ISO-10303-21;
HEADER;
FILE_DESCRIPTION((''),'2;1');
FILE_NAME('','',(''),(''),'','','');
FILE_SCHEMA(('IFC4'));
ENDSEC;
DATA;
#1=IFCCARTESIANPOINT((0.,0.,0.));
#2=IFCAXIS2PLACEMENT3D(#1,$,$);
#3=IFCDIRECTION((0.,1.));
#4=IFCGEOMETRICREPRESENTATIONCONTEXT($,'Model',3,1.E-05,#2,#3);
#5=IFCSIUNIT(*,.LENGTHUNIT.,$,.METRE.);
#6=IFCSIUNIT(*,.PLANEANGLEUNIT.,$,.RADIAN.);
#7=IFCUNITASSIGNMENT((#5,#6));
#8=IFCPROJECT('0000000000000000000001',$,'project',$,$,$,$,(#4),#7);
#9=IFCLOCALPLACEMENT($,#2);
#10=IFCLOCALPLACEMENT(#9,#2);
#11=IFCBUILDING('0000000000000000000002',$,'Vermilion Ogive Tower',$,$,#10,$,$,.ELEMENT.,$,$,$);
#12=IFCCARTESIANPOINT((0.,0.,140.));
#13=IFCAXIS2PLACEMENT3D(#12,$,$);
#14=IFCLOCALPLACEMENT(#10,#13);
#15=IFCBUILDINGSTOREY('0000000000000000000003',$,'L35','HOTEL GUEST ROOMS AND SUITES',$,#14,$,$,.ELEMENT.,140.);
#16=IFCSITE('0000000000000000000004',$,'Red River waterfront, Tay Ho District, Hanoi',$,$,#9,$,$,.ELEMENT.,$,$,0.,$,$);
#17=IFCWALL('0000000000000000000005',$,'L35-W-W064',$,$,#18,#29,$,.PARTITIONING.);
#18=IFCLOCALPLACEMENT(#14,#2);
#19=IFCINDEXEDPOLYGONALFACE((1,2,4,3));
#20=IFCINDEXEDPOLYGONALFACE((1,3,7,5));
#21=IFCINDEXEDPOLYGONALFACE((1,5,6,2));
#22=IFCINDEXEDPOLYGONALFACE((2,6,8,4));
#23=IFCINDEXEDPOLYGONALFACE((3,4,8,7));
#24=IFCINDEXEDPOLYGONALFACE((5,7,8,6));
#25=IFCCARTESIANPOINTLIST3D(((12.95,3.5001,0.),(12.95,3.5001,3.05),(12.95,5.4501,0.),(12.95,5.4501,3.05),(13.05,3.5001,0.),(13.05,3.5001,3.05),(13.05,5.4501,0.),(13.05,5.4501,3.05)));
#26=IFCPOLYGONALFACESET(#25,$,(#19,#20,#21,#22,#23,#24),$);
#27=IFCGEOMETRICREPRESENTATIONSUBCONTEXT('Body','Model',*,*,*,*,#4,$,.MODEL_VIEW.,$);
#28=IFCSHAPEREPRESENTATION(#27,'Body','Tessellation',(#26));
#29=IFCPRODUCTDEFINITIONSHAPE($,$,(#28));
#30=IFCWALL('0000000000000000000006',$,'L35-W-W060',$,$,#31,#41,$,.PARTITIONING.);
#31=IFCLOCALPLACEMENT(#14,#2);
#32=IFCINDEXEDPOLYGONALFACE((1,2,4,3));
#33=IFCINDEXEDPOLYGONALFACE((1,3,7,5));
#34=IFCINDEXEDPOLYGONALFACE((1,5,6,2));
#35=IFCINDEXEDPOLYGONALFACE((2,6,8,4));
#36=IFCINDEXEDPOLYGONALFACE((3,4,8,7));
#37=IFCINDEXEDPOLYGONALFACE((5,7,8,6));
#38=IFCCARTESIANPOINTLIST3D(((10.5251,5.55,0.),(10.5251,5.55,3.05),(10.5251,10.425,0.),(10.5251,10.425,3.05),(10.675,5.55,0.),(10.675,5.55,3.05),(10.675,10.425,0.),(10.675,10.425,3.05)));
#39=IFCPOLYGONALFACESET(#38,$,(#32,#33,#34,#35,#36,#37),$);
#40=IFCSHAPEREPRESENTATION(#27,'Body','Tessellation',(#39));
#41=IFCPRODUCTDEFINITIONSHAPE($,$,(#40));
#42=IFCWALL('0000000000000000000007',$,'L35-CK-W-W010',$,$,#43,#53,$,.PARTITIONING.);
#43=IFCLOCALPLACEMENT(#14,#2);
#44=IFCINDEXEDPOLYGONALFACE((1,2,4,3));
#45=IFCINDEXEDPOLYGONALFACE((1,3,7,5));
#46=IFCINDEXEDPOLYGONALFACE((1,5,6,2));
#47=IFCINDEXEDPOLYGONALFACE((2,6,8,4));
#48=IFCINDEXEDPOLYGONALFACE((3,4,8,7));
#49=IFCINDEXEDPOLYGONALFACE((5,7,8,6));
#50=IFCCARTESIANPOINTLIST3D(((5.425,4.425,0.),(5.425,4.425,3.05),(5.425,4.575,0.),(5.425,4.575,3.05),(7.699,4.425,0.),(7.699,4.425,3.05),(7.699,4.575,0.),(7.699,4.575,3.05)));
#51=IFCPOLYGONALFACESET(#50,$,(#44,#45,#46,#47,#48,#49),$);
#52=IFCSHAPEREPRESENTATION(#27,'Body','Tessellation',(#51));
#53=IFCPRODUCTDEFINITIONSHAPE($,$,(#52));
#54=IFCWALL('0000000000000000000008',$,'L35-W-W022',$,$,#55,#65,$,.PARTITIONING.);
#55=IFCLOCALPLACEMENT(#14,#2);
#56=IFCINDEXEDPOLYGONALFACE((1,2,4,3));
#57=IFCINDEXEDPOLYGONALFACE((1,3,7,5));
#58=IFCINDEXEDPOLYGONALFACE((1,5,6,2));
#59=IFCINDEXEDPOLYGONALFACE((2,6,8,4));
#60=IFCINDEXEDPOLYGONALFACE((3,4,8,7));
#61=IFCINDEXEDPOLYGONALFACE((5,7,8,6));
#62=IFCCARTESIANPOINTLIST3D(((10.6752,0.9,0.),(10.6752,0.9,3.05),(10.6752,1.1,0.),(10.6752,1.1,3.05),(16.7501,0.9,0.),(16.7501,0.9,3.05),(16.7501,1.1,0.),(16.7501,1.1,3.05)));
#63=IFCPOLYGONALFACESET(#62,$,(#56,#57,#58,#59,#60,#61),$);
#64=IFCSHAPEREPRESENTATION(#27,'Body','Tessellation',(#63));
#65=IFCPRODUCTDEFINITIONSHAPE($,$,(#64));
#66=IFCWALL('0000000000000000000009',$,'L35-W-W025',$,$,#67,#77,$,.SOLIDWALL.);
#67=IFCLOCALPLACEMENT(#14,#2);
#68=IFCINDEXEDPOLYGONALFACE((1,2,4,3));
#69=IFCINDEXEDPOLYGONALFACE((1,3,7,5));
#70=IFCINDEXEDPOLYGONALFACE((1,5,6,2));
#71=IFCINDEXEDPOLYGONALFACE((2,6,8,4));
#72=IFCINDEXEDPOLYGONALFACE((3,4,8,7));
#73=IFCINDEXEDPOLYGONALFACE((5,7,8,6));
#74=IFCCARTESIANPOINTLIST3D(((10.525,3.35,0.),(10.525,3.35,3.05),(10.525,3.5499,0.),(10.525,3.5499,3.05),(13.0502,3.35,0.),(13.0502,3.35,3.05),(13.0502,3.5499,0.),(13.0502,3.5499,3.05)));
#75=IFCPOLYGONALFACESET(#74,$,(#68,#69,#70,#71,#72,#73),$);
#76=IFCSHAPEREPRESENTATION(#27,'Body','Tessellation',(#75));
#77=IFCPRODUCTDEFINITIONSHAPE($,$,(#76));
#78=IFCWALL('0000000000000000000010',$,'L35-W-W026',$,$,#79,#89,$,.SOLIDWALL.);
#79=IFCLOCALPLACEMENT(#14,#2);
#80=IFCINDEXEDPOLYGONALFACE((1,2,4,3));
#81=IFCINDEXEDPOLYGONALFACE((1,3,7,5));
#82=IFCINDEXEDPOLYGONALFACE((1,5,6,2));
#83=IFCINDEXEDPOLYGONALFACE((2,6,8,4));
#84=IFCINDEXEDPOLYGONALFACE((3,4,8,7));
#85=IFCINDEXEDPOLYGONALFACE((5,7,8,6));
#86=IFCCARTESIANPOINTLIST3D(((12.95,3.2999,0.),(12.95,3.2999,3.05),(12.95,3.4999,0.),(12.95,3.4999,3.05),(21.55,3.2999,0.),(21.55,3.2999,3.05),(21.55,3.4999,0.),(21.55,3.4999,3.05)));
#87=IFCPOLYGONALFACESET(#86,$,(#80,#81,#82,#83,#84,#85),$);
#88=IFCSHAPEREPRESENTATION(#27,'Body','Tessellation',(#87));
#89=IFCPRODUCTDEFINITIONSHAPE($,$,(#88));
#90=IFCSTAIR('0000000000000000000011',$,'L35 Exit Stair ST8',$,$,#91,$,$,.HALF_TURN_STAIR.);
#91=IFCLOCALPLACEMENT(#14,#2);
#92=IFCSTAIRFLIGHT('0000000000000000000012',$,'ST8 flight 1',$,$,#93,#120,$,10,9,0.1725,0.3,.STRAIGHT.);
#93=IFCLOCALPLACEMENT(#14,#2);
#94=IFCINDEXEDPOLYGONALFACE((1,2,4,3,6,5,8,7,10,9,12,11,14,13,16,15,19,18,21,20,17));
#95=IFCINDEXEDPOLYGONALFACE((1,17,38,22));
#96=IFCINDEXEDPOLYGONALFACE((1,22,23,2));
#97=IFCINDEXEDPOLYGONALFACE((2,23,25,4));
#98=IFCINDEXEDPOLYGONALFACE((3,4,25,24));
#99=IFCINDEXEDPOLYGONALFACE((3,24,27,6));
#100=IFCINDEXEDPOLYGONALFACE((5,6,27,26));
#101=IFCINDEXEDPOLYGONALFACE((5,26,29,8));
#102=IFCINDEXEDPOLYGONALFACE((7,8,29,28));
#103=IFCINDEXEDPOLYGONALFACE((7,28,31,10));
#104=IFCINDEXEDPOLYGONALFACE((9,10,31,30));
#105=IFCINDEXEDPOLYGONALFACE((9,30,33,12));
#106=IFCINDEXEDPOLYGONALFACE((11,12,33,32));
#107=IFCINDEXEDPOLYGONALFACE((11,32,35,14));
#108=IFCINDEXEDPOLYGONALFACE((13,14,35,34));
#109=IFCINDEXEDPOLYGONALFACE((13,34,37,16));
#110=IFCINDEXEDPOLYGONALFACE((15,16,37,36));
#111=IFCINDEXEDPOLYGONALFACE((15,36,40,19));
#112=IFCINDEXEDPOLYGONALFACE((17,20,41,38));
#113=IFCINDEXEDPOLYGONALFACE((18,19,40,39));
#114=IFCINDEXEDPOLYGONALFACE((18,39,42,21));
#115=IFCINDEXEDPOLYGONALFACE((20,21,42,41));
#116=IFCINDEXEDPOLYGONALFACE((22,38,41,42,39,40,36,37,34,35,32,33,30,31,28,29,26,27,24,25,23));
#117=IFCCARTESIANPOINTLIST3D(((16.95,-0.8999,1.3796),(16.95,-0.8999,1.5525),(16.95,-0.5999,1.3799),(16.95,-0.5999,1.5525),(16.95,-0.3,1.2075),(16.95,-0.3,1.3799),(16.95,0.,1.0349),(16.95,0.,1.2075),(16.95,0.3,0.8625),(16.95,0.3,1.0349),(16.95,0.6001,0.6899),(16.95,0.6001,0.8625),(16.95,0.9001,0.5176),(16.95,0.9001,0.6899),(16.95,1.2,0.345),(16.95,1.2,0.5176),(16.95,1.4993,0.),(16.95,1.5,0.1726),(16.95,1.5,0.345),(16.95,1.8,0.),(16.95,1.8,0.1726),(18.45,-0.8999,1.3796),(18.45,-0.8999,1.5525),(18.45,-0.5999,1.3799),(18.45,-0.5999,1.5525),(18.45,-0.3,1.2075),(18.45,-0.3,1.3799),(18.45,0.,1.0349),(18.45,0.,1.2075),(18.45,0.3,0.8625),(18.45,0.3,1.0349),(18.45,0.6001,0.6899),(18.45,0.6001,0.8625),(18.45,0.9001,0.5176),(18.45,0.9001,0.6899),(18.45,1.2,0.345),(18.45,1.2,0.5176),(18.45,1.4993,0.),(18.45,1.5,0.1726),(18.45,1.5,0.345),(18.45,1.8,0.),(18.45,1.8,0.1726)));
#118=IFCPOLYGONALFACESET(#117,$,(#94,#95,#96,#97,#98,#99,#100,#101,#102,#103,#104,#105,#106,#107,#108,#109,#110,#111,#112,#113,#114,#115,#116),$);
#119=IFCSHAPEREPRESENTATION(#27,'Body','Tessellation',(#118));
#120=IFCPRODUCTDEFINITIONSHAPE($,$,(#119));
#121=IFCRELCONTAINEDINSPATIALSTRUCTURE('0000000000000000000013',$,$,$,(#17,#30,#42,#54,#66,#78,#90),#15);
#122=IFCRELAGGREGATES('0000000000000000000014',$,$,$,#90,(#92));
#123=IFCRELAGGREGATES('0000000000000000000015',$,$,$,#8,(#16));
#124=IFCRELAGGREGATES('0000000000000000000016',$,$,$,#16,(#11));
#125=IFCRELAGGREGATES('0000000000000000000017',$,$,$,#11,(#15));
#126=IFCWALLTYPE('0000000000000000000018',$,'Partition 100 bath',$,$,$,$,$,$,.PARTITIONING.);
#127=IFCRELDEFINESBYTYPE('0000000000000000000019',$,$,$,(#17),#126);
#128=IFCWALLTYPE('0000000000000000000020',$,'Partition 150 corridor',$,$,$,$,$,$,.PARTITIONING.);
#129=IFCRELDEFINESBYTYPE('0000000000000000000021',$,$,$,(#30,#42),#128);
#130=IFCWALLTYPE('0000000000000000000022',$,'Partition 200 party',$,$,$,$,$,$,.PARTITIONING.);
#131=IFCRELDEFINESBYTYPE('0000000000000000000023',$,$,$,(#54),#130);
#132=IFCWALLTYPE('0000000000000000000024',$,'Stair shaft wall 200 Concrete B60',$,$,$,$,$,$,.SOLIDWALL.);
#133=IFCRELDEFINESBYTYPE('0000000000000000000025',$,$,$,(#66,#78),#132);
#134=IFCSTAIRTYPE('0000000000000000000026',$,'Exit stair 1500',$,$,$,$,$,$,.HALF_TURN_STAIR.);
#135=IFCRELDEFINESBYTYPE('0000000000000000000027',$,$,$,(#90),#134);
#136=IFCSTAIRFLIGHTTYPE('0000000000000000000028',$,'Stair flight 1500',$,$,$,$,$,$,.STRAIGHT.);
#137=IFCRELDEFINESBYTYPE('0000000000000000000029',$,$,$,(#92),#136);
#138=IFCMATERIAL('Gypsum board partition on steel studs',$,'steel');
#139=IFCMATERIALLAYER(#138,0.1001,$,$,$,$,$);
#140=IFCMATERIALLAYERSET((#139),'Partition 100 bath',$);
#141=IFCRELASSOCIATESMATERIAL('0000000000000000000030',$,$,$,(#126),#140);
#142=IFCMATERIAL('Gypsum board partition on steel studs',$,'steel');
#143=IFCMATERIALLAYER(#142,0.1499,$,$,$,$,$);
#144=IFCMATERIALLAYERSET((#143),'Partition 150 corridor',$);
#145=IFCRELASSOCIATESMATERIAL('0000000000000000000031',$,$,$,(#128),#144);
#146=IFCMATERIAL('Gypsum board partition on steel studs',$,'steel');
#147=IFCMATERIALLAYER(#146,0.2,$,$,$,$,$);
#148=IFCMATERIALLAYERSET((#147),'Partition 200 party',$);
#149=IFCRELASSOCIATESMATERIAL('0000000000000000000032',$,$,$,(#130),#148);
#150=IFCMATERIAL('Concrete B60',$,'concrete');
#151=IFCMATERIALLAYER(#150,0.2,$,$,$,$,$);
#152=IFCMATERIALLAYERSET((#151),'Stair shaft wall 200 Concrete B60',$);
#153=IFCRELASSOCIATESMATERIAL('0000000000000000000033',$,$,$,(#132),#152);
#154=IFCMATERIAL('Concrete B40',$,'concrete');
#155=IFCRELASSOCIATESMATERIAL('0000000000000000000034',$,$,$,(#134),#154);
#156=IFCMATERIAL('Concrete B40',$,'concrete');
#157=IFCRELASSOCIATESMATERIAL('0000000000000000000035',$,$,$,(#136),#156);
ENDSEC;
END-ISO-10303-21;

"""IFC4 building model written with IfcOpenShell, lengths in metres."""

from ifc_helpers import new_model, si_unit, direction, frame, frame_2d, origin, place, context, subcontext, project, spatial, polyline, rectangle, outline, extrude, material, layer, layer_set, type_object, element, aggregate, save


model = new_model("IFC4")

# Units and contexts
model_context = context("Model", 3, precision=1e-05, world=origin(), true_north=direction((0.0, 1.0)))
body_context = subcontext(model_context, "Body", "Model", "MODEL_VIEW")
ifc_project = project(units=[si_unit("LENGTHUNIT", "METRE"), si_unit("PLANEANGLEUNIT", "RADIAN")], contexts=[model_context])

# Site, building, storey
site_placement = place(None, origin())
site = spatial("IfcSite", under=ifc_project, at=site_placement, Name="Red River waterfront, Tay Ho District, Hanoi", CompositionType="ELEMENT", RefElevation=0.0)
building_placement = place(site_placement, origin())
building = spatial("IfcBuilding", under=site, at=building_placement, Name="Vermilion Ogive Tower", CompositionType="ELEMENT")
storey_placement = place(building_placement, frame((0.0, 0.0, 140.0)))
storey = spatial("IfcBuildingStorey", under=building, at=storey_placement, Name="L35", Description="HOTEL GUEST ROOMS AND SUITES", CompositionType="ELEMENT", Elevation=140.0)

# Shared definitions
ifc_material_1 = material(Name="Gypsum board partition on steel studs", Category="steel")
ifc_layer_1 = layer(ifc_material_1, 0.1001)
ifc_layer_set_1 = layer_set([ifc_layer_1], Name="Partition 100 bath")
wall_type_1 = type_object("IfcWallType", Name="Partition 100 bath", PredefinedType="PARTITIONING", material=ifc_layer_set_1)

# Walls
wall_1_placement = place(storey_placement, frame((13.0, 3.5, 0.0), z_axis=(0.0, 0.0, 1.0), x_axis=(0.0, 1.0, 0.0)))
element("IfcWall", 1, at=wall_1_placement, inside=storey, type_object=wall_type_1, Name="L35-W-W064", PredefinedType="PARTITIONING", context=body_context, shape_type="SweptSolid", body=[
    extrude(rectangle(XDim=1.95, YDim=0.1001, at=frame_2d((0.9751, 0.0))), origin(), (0.0, 0.0, 1.0), 3.05),
])
ifc_material_2 = material(Name="Gypsum board partition on steel studs", Category="steel")
ifc_layer_2 = layer(ifc_material_2, 0.1499)
ifc_layer_set_2 = layer_set([ifc_layer_2], Name="Partition 150 corridor")
wall_type_2 = type_object("IfcWallType", Name="Partition 150 corridor", PredefinedType="PARTITIONING", material=ifc_layer_set_2)
wall_2_placement = place(storey_placement, frame((10.6001, 5.55, 0.0), z_axis=(0.0, 0.0, 1.0), x_axis=(0.0, 1.0, 0.0)))
element("IfcWall", 2, at=wall_2_placement, inside=storey, type_object=wall_type_2, Name="L35-W-W060", PredefinedType="PARTITIONING", context=body_context, shape_type="SweptSolid", body=[
    extrude(rectangle(XDim=4.875, YDim=0.1499, at=frame_2d((2.4375, 0.0))), origin(), (0.0, 0.0, 1.0), 3.05),
])
wall_3_placement = place(storey_placement, frame((5.425, 4.5, 0.0), z_axis=(0.0, 0.0, 1.0), x_axis=(1.0, 0.0, 0.0)))
element("IfcWall", 3, at=wall_3_placement, inside=storey, type_object=wall_type_2, Name="L35-CK-W-W010", PredefinedType="PARTITIONING", context=body_context, shape_type="SweptSolid", body=[
    extrude(rectangle(XDim=2.2739, YDim=0.1499, at=frame_2d((1.137, 0.0))), origin(), (0.0, 0.0, 1.0), 3.05),
])
ifc_material_3 = material(Name="Gypsum board partition on steel studs", Category="steel")
ifc_layer_3 = layer(ifc_material_3, 0.2)
ifc_layer_set_3 = layer_set([ifc_layer_3], Name="Partition 200 party")
wall_type_3 = type_object("IfcWallType", Name="Partition 200 party", PredefinedType="PARTITIONING", material=ifc_layer_set_3)
wall_4_placement = place(storey_placement, frame((10.675, 1.0, 0.0), z_axis=(0.0, 0.0, 1.0), x_axis=(1.0, 0.0, 0.0)))
element("IfcWall", 4, at=wall_4_placement, inside=storey, type_object=wall_type_3, Name="L35-W-W022", PredefinedType="PARTITIONING", context=body_context, shape_type="SweptSolid", body=[
    extrude(rectangle(XDim=6.075, YDim=0.2, at=frame_2d((3.0376, 0.0))), origin(), (0.0, 0.0, 1.0), 3.05),
])
ifc_material_4 = material(Name="Concrete B60", Category="concrete")
ifc_layer_4 = layer(ifc_material_4, 0.2)
ifc_layer_set_4 = layer_set([ifc_layer_4], Name="Stair shaft wall 200 Concrete B60")
wall_type_4 = type_object("IfcWallType", Name="Stair shaft wall 200 Concrete B60", PredefinedType="SOLIDWALL", material=ifc_layer_set_4)
wall_5_placement = place(storey_placement, frame((10.5249, 3.45, 0.0), z_axis=(0.0, 0.0, 1.0), x_axis=(1.0, 0.0, 0.0)))
element("IfcWall", 5, at=wall_5_placement, inside=storey, type_object=wall_type_4, Name="L35-W-W025", PredefinedType="SOLIDWALL", context=body_context, shape_type="SweptSolid", body=[
    extrude(rectangle(XDim=2.5251, YDim=0.2, at=frame_2d((1.2627, 0.0))), origin(), (0.0, 0.0, 1.0), 3.05),
])
wall_6_placement = place(storey_placement, frame((12.95, 3.3999, 0.0), z_axis=(0.0, 0.0, 1.0), x_axis=(1.0, 0.0, 0.0)))
element("IfcWall", 6, at=wall_6_placement, inside=storey, type_object=wall_type_4, Name="L35-W-W026", PredefinedType="SOLIDWALL", context=body_context, shape_type="SweptSolid", body=[
    extrude(rectangle(XDim=8.6001, YDim=0.2, at=frame_2d((4.3, 0.0))), origin(), (0.0, 0.0, 1.0), 3.05),
])

# Stair, stair flight
ifc_material_5 = material(Name="Concrete B40", Category="concrete")
stair_type = type_object("IfcStairType", Name="Exit stair 1500", PredefinedType="HALF_TURN_STAIR", material=ifc_material_5)
stair_placement = place(storey_placement, origin())
stair = element("IfcStair", 7, at=stair_placement, inside=storey, type_object=stair_type, Name="L35 Exit Stair ST8", PredefinedType="HALF_TURN_STAIR")
ifc_material_6 = material(Name="Concrete B40", Category="concrete")
stair_flight_type = type_object("IfcStairFlightType", Name="Stair flight 1500", PredefinedType="STRAIGHT", material=ifc_material_6)
stair_flight_placement = place(storey_placement, frame((17.7, 1.8, 0.0), z_axis=(0.0, 0.0, 1.0), x_axis=(0.0, -1.0, 0.0)))
stair_flight = element("IfcStairFlight", 8, at=stair_flight_placement, type_object=stair_flight_type, Name="ST8 flight 1", NumberOfRisers=10, NumberOfTreads=9, PredefinedType="STRAIGHT", RiserHeight=0.1725, TreadLength=0.3, context=body_context, shape_type="SweptSolid", body=[
    extrude(outline(polyline([(0.0, 0.0), (0.0, 0.1726), (0.3, 0.1726), (0.3, 0.345), (0.6001, 0.345), (0.6001, 0.5176), (0.8999, 0.5176), (0.8999, 0.6899), (1.2, 0.6899), (1.2, 0.8625), (1.5, 0.8625), (1.5, 1.0349), (1.8, 1.0349), (1.8, 1.2075), (2.1001, 1.2075), (2.1001, 1.3799), (2.3999, 1.3799), (2.3999, 1.5525), (2.7, 1.5525), (2.7, 1.7251), (2.7, 1.3796), (0.3008, 0.0), (0.0, 0.0)])), frame((0.0, 0.75, 0.0), z_axis=(0.0, -1.0, 0.0), x_axis=(1.0, 0.0, 0.0)), (0.0, 0.0, 1.0), 1.5),
])
aggregate(stair, [stair_flight])

save(model, "model.ifc")
